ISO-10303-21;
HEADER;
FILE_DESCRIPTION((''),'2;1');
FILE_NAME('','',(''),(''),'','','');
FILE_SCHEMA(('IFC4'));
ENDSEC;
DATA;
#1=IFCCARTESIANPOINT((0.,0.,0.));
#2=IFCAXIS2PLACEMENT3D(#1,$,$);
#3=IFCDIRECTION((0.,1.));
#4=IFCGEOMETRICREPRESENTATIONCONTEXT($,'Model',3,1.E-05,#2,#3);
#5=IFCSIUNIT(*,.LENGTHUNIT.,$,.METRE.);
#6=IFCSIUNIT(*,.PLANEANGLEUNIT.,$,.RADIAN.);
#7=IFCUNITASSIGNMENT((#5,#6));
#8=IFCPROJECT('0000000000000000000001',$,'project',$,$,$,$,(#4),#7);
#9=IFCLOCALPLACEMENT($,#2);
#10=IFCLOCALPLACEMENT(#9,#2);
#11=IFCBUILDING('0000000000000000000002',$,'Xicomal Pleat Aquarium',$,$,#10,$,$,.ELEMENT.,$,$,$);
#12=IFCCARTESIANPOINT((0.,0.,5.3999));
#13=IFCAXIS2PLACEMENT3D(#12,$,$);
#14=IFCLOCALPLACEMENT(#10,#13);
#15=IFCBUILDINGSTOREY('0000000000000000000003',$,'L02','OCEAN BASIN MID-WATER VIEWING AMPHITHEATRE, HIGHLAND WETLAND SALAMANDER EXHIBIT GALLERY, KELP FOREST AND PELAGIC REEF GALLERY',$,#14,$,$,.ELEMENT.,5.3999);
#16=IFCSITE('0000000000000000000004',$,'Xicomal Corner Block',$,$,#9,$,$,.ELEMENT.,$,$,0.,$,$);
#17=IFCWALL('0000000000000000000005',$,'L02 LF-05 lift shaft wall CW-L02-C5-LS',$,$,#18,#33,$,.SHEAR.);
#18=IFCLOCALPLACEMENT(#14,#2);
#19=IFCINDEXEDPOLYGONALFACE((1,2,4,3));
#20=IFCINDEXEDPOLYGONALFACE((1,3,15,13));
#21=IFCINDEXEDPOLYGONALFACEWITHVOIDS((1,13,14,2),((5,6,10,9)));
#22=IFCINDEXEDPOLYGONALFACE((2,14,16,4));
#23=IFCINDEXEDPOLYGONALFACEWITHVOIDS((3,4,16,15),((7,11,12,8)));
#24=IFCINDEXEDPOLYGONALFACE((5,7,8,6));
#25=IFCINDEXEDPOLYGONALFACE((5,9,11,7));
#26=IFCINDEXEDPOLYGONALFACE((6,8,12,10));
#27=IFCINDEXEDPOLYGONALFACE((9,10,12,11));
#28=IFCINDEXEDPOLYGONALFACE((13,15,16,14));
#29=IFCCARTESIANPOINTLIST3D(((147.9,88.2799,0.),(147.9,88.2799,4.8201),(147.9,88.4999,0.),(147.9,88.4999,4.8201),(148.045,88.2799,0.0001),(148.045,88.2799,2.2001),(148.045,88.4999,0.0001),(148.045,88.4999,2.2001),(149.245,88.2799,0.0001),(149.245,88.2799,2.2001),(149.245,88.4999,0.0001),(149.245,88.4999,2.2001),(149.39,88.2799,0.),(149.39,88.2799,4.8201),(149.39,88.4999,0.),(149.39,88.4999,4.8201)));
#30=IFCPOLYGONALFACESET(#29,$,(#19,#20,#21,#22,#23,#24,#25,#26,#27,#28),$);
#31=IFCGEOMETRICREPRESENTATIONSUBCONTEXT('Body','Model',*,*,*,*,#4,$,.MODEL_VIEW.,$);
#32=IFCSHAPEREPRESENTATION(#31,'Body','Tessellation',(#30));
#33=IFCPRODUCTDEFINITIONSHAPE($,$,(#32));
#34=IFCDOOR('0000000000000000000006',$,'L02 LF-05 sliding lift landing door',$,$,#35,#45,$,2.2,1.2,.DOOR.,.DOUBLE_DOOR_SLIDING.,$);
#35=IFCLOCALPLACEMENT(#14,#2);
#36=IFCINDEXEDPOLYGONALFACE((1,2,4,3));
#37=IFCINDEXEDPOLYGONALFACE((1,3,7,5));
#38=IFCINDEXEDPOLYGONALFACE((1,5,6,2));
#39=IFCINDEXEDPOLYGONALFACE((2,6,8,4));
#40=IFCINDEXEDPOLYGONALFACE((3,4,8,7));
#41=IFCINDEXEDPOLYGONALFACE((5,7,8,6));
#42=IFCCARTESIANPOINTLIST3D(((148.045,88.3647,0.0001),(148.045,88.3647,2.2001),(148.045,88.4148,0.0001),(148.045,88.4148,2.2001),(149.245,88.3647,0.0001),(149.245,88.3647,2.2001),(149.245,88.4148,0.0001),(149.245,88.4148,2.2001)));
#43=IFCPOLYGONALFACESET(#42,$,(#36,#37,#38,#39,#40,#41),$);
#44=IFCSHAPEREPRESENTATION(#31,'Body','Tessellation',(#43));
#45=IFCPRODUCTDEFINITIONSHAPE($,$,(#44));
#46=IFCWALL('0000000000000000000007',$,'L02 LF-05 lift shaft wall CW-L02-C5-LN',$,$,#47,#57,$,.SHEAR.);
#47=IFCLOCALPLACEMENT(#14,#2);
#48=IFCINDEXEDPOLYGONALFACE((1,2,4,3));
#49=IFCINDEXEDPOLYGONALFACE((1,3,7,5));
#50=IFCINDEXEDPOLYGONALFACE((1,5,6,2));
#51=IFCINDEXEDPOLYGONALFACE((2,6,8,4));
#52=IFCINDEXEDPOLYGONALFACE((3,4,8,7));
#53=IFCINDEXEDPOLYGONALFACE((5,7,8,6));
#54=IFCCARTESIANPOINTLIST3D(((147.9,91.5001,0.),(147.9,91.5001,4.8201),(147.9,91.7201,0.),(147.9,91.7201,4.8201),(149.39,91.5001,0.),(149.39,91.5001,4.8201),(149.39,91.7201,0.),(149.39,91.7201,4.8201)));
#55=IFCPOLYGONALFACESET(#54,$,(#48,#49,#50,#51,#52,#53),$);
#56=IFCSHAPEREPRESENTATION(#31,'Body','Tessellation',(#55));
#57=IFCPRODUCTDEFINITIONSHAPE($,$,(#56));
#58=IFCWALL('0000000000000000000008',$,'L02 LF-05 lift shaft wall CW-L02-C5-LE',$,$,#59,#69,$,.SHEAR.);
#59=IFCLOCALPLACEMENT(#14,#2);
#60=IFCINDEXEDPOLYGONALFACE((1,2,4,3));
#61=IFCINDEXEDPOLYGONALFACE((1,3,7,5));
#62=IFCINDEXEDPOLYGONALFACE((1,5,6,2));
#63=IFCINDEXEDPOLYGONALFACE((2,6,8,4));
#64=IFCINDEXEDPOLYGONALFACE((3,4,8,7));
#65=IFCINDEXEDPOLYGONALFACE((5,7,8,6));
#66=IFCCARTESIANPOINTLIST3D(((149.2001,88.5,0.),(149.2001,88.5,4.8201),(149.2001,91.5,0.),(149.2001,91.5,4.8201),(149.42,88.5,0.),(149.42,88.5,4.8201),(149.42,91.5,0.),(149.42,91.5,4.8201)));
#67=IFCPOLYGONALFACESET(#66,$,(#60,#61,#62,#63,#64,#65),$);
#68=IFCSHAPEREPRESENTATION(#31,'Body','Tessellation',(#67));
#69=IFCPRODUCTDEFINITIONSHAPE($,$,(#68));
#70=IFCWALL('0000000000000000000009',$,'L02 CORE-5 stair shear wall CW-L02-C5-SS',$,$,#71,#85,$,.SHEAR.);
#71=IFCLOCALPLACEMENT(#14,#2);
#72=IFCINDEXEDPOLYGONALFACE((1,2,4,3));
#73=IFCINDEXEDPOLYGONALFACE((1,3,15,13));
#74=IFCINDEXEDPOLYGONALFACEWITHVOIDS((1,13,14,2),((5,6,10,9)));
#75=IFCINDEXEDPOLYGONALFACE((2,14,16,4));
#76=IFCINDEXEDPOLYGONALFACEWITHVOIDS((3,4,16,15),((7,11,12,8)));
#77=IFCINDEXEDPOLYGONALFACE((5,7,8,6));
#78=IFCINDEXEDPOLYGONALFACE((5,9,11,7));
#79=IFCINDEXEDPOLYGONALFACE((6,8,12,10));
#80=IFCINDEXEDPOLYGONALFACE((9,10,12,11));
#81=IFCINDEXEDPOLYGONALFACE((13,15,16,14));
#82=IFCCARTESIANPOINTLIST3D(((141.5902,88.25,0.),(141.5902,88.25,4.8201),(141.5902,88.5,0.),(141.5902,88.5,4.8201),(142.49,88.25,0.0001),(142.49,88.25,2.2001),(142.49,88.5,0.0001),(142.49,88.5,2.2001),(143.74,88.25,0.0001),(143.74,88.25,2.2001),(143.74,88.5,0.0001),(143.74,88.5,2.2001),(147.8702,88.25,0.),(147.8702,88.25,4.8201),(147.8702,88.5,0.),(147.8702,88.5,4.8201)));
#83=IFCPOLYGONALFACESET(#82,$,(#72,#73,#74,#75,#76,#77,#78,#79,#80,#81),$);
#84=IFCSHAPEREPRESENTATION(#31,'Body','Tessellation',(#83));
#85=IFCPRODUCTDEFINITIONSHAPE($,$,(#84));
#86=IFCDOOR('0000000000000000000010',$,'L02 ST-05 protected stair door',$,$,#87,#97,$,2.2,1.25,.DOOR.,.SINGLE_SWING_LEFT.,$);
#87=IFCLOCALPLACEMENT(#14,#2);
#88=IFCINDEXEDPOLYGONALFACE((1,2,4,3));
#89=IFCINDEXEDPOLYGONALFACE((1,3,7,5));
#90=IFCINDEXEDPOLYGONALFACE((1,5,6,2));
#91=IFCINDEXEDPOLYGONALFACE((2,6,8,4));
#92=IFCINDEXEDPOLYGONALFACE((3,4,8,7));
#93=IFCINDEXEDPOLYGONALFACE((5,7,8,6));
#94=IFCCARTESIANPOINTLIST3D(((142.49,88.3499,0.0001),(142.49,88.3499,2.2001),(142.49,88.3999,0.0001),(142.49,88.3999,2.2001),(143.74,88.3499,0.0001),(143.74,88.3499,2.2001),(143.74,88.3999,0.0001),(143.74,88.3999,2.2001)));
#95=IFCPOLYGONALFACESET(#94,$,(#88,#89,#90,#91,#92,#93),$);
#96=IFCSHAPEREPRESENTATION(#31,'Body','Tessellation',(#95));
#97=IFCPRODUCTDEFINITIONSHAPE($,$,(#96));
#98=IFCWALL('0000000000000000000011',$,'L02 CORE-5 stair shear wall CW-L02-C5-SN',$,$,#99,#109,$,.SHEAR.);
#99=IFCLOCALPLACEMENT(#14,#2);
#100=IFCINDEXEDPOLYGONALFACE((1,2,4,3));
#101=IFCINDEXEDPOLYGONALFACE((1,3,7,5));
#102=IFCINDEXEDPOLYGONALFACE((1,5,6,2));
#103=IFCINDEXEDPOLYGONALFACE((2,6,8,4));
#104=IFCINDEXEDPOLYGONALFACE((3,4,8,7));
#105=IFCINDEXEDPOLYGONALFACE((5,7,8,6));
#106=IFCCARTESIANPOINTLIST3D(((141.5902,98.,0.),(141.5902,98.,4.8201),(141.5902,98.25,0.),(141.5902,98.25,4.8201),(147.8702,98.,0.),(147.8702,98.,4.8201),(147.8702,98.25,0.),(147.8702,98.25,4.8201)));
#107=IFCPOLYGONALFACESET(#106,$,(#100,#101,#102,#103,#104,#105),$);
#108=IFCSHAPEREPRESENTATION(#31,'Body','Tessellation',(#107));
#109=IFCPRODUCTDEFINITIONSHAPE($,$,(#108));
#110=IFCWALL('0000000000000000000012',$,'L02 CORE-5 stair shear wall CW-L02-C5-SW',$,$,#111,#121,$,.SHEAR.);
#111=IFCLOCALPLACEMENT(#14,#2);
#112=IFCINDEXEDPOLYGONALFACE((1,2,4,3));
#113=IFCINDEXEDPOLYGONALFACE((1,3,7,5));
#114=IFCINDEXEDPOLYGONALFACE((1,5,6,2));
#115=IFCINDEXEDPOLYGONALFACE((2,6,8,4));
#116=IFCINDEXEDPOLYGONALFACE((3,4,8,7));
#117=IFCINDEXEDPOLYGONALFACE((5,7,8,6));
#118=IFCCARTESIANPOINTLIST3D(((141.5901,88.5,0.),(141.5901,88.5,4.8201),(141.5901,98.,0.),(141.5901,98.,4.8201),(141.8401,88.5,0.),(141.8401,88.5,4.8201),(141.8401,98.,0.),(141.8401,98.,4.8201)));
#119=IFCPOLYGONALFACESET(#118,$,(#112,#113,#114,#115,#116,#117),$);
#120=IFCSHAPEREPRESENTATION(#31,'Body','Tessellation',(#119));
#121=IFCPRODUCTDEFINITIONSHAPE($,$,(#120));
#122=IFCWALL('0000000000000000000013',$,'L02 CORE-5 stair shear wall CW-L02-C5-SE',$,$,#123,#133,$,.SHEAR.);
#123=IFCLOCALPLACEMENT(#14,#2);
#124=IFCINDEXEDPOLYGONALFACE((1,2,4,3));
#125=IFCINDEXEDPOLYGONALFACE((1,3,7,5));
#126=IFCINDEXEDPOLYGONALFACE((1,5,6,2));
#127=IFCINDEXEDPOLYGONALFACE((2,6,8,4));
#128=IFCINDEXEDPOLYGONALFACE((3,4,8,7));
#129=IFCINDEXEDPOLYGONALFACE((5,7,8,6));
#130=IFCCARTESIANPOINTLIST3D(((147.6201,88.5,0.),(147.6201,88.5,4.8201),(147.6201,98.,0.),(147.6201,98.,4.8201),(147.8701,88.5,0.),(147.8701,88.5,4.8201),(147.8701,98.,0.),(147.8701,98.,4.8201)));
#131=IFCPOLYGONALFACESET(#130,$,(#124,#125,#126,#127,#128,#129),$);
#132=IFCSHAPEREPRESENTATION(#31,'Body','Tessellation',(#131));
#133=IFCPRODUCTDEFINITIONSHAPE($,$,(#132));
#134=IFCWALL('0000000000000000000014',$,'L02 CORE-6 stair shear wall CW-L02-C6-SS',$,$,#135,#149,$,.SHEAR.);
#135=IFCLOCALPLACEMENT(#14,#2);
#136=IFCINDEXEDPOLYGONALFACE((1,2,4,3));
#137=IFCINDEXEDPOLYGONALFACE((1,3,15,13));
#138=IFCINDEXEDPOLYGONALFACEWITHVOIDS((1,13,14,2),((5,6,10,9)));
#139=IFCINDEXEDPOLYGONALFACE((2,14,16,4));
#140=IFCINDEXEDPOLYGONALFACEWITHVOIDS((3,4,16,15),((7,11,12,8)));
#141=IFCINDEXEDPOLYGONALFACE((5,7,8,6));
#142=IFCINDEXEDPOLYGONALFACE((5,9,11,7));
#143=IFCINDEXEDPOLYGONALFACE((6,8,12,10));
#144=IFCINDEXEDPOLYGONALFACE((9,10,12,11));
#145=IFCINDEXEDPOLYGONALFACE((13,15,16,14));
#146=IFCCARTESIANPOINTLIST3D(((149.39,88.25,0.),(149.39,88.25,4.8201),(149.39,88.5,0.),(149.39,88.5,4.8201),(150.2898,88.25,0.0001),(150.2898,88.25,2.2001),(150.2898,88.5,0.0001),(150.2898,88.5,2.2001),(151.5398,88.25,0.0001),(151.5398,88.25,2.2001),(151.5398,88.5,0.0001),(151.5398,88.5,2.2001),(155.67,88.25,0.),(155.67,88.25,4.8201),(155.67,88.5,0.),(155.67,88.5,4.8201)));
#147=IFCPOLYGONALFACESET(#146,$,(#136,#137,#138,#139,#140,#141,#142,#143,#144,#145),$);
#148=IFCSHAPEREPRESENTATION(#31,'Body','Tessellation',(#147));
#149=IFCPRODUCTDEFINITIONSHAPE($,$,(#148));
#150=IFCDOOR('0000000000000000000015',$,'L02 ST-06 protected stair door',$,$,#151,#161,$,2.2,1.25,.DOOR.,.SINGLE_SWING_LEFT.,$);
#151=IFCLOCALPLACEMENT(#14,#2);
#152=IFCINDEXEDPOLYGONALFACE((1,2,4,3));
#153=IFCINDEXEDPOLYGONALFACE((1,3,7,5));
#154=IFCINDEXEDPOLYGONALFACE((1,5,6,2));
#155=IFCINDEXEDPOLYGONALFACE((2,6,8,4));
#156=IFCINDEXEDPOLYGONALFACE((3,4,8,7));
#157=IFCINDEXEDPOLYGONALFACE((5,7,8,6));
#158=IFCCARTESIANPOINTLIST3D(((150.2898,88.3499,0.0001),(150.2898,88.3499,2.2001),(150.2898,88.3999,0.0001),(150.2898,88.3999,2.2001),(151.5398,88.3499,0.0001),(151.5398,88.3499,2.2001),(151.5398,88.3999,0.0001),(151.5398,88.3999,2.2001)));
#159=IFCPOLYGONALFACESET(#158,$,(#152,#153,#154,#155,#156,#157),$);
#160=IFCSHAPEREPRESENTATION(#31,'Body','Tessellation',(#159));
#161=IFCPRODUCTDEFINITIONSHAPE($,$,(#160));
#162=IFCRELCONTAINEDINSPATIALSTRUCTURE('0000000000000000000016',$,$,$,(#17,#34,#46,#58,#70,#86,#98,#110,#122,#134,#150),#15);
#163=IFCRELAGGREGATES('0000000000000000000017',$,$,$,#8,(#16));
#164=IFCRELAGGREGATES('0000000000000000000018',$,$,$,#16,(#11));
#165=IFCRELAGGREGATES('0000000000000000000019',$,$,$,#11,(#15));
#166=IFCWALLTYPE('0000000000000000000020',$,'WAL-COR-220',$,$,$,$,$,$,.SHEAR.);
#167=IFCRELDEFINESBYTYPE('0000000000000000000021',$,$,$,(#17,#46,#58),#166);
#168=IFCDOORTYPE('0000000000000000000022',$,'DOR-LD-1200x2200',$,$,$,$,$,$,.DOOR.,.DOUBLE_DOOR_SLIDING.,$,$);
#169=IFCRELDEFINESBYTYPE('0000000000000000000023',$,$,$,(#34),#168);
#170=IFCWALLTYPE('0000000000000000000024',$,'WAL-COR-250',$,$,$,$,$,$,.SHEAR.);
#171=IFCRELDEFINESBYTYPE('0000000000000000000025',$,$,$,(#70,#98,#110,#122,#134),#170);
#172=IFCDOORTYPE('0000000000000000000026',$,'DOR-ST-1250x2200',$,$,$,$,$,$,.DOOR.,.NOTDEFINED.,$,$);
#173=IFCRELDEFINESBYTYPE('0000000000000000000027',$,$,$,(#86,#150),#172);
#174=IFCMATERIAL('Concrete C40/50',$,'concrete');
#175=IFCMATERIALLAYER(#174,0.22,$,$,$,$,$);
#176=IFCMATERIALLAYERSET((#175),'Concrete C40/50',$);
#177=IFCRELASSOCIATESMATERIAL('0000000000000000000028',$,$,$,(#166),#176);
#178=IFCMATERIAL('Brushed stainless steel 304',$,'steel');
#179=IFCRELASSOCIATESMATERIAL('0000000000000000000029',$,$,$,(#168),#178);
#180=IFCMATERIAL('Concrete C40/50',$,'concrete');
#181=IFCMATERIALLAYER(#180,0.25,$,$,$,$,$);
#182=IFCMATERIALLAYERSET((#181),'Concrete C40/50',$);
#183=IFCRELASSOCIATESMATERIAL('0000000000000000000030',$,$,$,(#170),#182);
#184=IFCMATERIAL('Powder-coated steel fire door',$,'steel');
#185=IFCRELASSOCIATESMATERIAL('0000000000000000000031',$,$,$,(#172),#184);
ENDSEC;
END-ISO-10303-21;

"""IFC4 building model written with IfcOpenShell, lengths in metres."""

from ifc_helpers import new_model, si_unit, direction, frame, frame_2d, origin, place, context, subcontext, project, spatial, rectangle, extrude, material, layer, layer_set, type_object, element, fill, save


model = new_model("IFC4")

# Units and contexts
model_context = context("Model", 3, precision=1e-05, world=origin(), true_north=direction((0.0, 1.0)))
body_context = subcontext(model_context, "Body", "Model", "MODEL_VIEW")
ifc_project = project(units=[si_unit("LENGTHUNIT", "METRE"), si_unit("PLANEANGLEUNIT", "RADIAN")], contexts=[model_context])

# Site, building, storey
site_placement = place(None, origin())
site = spatial("IfcSite", under=ifc_project, at=site_placement, Name="Xicomal Corner Block", CompositionType="ELEMENT", RefElevation=0.0)
building_placement = place(site_placement, origin())
building = spatial("IfcBuilding", under=site, at=building_placement, Name="Xicomal Pleat Aquarium", CompositionType="ELEMENT")
storey_placement = place(building_placement, frame((0.0, 0.0, 5.3999)))
storey = spatial("IfcBuildingStorey", under=building, at=storey_placement, Name="L02", Description="OCEAN BASIN MID-WATER VIEWING AMPHITHEATRE, HIGHLAND WETLAND SALAMANDER EXHIBIT GALLERY, KELP FOREST AND PELAGIC REEF GALLERY", CompositionType="ELEMENT", Elevation=5.3999)

# Wall, opening, door
ifc_material_1 = material(Name="Concrete C40/50", Category="concrete")
ifc_layer_1 = layer(ifc_material_1, 0.22)
ifc_layer_set_1 = layer_set([ifc_layer_1], Name="Concrete C40/50")
wall_type_1 = type_object("IfcWallType", Name="WAL-COR-220", PredefinedType="SHEAR", material=ifc_layer_set_1)
wall_1_placement = place(storey_placement, frame((147.8999, 88.3899, 0.0), z_axis=(0.0, 0.0, 1.0), x_axis=(1.0, 0.0, 0.0)))
wall_1 = element("IfcWall", 1, at=wall_1_placement, inside=storey, type_object=wall_type_1, Name="L02 LF-05 lift shaft wall CW-L02-C5-LS", PredefinedType="SHEAR", context=body_context, shape_type="SweptSolid", body=[
    extrude(rectangle(XDim=1.49, YDim=0.22, at=frame_2d((0.7451, 0.0))), origin(), (0.0, 0.0, 1.0), 4.8201),
])
opening_1_placement = place(wall_1_placement, frame((0.145, 0.0, 0.0)))
opening_1 = element("IfcOpeningElement", 2, at=opening_1_placement, cuts=wall_1, PredefinedType="OPENING", context=body_context, shape_type="SweptSolid", body=[
    extrude(rectangle(XDim=1.2, YDim=2.2, at=frame_2d((0.6001, 1.1001))), frame((0.0, 0.1199, 0.0), z_axis=(0.0, -1.0, 0.0), x_axis=(1.0, 0.0, 0.0)), (0.0, 0.0, 1.0), 0.24),
])
ifc_material_2 = material(Name="Brushed stainless steel 304", Category="steel")
door_type_1 = type_object("IfcDoorType", Name="DOR-LD-1200x2200", OperationType="DOUBLE_DOOR_SLIDING", PredefinedType="DOOR", material=ifc_material_2)
door_1_placement = place(opening_1_placement, origin())
door_1 = element("IfcDoor", 3, at=door_1_placement, inside=storey, type_object=door_type_1, Name="L02 LF-05 sliding lift landing door", OperationType="DOUBLE_DOOR_SLIDING", OverallHeight=2.2, OverallWidth=1.2, PredefinedType="DOOR", context=body_context, shape_type="SweptSolid", body=[
    extrude(rectangle(XDim=1.2, YDim=2.2, at=frame_2d((0.6001, 1.1001))), frame((0.0, 0.0249, 0.0), z_axis=(0.0, -1.0, 0.0), x_axis=(1.0, 0.0, 0.0)), (0.0, 0.0, 1.0), 0.05),
])
fill(opening_1, door_1)

# Walls
wall_2_placement = place(storey_placement, frame((147.8999, 91.6101, 0.0), z_axis=(0.0, 0.0, 1.0), x_axis=(1.0, 0.0, 0.0)))
element("IfcWall", 4, at=wall_2_placement, inside=storey, type_object=wall_type_1, Name="L02 LF-05 lift shaft wall CW-L02-C5-LN", PredefinedType="SHEAR", context=body_context, shape_type="SweptSolid", body=[
    extrude(rectangle(XDim=1.49, YDim=0.22, at=frame_2d((0.7451, 0.0))), origin(), (0.0, 0.0, 1.0), 4.8201),
])
wall_3_placement = place(storey_placement, frame((149.3101, 88.5, 0.0), z_axis=(0.0, 0.0, 1.0), x_axis=(0.0, 1.0, 0.0)))
element("IfcWall", 5, at=wall_3_placement, inside=storey, type_object=wall_type_1, Name="L02 LF-05 lift shaft wall CW-L02-C5-LE", PredefinedType="SHEAR", context=body_context, shape_type="SweptSolid", body=[
    extrude(rectangle(XDim=3.0, YDim=0.22, at=frame_2d((1.5, 0.0))), origin(), (0.0, 0.0, 1.0), 4.8201),
])

# Wall, opening, door
ifc_material_3 = material(Name="Concrete C40/50", Category="concrete")
ifc_layer_2 = layer(ifc_material_3, 0.25)
ifc_layer_set_2 = layer_set([ifc_layer_2], Name="Concrete C40/50")
wall_type_2 = type_object("IfcWallType", Name="WAL-COR-250", PredefinedType="SHEAR", material=ifc_layer_set_2)
wall_4_placement = place(storey_placement, frame((141.5901, 88.375, 0.0), z_axis=(0.0, 0.0, 1.0), x_axis=(1.0, 0.0, 0.0)))
wall_4 = element("IfcWall", 6, at=wall_4_placement, inside=storey, type_object=wall_type_2, Name="L02 CORE-5 stair shear wall CW-L02-C5-SS", PredefinedType="SHEAR", context=body_context, shape_type="SweptSolid", body=[
    extrude(rectangle(XDim=6.28, YDim=0.25, at=frame_2d((3.1401, 0.0))), origin(), (0.0, 0.0, 1.0), 4.8201),
])
opening_2_placement = place(wall_4_placement, frame((0.8999, 0.0, 0.0)))
opening_2 = element("IfcOpeningElement", 7, at=opening_2_placement, cuts=wall_4, PredefinedType="OPENING", context=body_context, shape_type="SweptSolid", body=[
    extrude(rectangle(XDim=1.25, YDim=2.2, at=frame_2d((0.625, 1.1001))), frame((0.0, 0.135, 0.0), z_axis=(0.0, -1.0, 0.0), x_axis=(1.0, 0.0, 0.0)), (0.0, 0.0, 1.0), 0.27),
])
ifc_material_4 = material(Name="Powder-coated steel fire door", Category="steel")
door_type_2 = type_object("IfcDoorType", Name="DOR-ST-1250x2200", OperationType="NOTDEFINED", PredefinedType="DOOR", material=ifc_material_4)
door_2_placement = place(opening_2_placement, origin())
door_2 = element("IfcDoor", 8, at=door_2_placement, inside=storey, type_object=door_type_2, Name="L02 ST-05 protected stair door", OperationType="SINGLE_SWING_LEFT", OverallHeight=2.2, OverallWidth=1.25, PredefinedType="DOOR", context=body_context, shape_type="SweptSolid", body=[
    extrude(rectangle(XDim=1.25, YDim=2.2, at=frame_2d((0.625, 1.1001))), frame((0.0, 0.0249, 0.0), z_axis=(0.0, -1.0, 0.0), x_axis=(1.0, 0.0, 0.0)), (0.0, 0.0, 1.0), 0.05),
])
fill(opening_2, door_2)

# Walls
wall_5_placement = place(storey_placement, frame((141.5901, 98.125, 0.0), z_axis=(0.0, 0.0, 1.0), x_axis=(1.0, 0.0, 0.0)))
element("IfcWall", 9, at=wall_5_placement, inside=storey, type_object=wall_type_2, Name="L02 CORE-5 stair shear wall CW-L02-C5-SN", PredefinedType="SHEAR", context=body_context, shape_type="SweptSolid", body=[
    extrude(rectangle(XDim=6.28, YDim=0.25, at=frame_2d((3.1401, 0.0))), origin(), (0.0, 0.0, 1.0), 4.8201),
])
for number, where, z_axis, x_axis, name in (
    (10, (141.7151, 88.5, 0.0), (0.0, 0.0, 1.0), (0.0, 1.0, 0.0), "L02 CORE-5 stair shear wall CW-L02-C5-SW"),
    (11, (147.7451, 88.5, 0.0), (0.0, 0.0, 1.0), (0.0, 1.0, 0.0), "L02 CORE-5 stair shear wall CW-L02-C5-SE"),
):
    element("IfcWall", number, at=place(storey_placement, frame(where, z_axis=z_axis, x_axis=x_axis)), inside=storey, type_object=wall_type_2, Name=name, PredefinedType="SHEAR", context=body_context, shape_type="SweptSolid", body=[
        extrude(rectangle(XDim=9.5, YDim=0.25, at=frame_2d((4.75, 0.0))), origin(), (0.0, 0.0, 1.0), 4.8201),
    ])

# Wall, opening, door
wall_6_placement = place(storey_placement, frame((149.3899, 88.375, 0.0), z_axis=(0.0, 0.0, 1.0), x_axis=(1.0, 0.0, 0.0)))
wall_6 = element("IfcWall", 12, at=wall_6_placement, inside=storey, type_object=wall_type_2, Name="L02 CORE-6 stair shear wall CW-L02-C6-SS", PredefinedType="SHEAR", context=body_context, shape_type="SweptSolid", body=[
    extrude(rectangle(XDim=6.28, YDim=0.25, at=frame_2d((3.1401, 0.0))), origin(), (0.0, 0.0, 1.0), 4.8201),
])
opening_3_placement = place(wall_6_placement, frame((0.8999, 0.0, 0.0)))
opening_3 = element("IfcOpeningElement", 13, at=opening_3_placement, cuts=wall_6, PredefinedType="OPENING", context=body_context, shape_type="SweptSolid", body=[
    extrude(rectangle(XDim=1.25, YDim=2.2, at=frame_2d((0.625, 1.1001))), frame((0.0, 0.135, 0.0), z_axis=(0.0, -1.0, 0.0), x_axis=(1.0, 0.0, 0.0)), (0.0, 0.0, 1.0), 0.27),
])
door_3_placement = place(opening_3_placement, origin())
door_3 = element("IfcDoor", 14, at=door_3_placement, inside=storey, type_object=door_type_2, Name="L02 ST-06 protected stair door", OperationType="SINGLE_SWING_LEFT", OverallHeight=2.2, OverallWidth=1.25, PredefinedType="DOOR", context=body_context, shape_type="SweptSolid", body=[
    extrude(rectangle(XDim=1.25, YDim=2.2, at=frame_2d((0.625, 1.1001))), frame((0.0, 0.0249, 0.0), z_axis=(0.0, -1.0, 0.0), x_axis=(1.0, 0.0, 0.0)), (0.0, 0.0, 1.0), 0.05),
])
fill(opening_3, door_3)

save(model, "model.ifc")
